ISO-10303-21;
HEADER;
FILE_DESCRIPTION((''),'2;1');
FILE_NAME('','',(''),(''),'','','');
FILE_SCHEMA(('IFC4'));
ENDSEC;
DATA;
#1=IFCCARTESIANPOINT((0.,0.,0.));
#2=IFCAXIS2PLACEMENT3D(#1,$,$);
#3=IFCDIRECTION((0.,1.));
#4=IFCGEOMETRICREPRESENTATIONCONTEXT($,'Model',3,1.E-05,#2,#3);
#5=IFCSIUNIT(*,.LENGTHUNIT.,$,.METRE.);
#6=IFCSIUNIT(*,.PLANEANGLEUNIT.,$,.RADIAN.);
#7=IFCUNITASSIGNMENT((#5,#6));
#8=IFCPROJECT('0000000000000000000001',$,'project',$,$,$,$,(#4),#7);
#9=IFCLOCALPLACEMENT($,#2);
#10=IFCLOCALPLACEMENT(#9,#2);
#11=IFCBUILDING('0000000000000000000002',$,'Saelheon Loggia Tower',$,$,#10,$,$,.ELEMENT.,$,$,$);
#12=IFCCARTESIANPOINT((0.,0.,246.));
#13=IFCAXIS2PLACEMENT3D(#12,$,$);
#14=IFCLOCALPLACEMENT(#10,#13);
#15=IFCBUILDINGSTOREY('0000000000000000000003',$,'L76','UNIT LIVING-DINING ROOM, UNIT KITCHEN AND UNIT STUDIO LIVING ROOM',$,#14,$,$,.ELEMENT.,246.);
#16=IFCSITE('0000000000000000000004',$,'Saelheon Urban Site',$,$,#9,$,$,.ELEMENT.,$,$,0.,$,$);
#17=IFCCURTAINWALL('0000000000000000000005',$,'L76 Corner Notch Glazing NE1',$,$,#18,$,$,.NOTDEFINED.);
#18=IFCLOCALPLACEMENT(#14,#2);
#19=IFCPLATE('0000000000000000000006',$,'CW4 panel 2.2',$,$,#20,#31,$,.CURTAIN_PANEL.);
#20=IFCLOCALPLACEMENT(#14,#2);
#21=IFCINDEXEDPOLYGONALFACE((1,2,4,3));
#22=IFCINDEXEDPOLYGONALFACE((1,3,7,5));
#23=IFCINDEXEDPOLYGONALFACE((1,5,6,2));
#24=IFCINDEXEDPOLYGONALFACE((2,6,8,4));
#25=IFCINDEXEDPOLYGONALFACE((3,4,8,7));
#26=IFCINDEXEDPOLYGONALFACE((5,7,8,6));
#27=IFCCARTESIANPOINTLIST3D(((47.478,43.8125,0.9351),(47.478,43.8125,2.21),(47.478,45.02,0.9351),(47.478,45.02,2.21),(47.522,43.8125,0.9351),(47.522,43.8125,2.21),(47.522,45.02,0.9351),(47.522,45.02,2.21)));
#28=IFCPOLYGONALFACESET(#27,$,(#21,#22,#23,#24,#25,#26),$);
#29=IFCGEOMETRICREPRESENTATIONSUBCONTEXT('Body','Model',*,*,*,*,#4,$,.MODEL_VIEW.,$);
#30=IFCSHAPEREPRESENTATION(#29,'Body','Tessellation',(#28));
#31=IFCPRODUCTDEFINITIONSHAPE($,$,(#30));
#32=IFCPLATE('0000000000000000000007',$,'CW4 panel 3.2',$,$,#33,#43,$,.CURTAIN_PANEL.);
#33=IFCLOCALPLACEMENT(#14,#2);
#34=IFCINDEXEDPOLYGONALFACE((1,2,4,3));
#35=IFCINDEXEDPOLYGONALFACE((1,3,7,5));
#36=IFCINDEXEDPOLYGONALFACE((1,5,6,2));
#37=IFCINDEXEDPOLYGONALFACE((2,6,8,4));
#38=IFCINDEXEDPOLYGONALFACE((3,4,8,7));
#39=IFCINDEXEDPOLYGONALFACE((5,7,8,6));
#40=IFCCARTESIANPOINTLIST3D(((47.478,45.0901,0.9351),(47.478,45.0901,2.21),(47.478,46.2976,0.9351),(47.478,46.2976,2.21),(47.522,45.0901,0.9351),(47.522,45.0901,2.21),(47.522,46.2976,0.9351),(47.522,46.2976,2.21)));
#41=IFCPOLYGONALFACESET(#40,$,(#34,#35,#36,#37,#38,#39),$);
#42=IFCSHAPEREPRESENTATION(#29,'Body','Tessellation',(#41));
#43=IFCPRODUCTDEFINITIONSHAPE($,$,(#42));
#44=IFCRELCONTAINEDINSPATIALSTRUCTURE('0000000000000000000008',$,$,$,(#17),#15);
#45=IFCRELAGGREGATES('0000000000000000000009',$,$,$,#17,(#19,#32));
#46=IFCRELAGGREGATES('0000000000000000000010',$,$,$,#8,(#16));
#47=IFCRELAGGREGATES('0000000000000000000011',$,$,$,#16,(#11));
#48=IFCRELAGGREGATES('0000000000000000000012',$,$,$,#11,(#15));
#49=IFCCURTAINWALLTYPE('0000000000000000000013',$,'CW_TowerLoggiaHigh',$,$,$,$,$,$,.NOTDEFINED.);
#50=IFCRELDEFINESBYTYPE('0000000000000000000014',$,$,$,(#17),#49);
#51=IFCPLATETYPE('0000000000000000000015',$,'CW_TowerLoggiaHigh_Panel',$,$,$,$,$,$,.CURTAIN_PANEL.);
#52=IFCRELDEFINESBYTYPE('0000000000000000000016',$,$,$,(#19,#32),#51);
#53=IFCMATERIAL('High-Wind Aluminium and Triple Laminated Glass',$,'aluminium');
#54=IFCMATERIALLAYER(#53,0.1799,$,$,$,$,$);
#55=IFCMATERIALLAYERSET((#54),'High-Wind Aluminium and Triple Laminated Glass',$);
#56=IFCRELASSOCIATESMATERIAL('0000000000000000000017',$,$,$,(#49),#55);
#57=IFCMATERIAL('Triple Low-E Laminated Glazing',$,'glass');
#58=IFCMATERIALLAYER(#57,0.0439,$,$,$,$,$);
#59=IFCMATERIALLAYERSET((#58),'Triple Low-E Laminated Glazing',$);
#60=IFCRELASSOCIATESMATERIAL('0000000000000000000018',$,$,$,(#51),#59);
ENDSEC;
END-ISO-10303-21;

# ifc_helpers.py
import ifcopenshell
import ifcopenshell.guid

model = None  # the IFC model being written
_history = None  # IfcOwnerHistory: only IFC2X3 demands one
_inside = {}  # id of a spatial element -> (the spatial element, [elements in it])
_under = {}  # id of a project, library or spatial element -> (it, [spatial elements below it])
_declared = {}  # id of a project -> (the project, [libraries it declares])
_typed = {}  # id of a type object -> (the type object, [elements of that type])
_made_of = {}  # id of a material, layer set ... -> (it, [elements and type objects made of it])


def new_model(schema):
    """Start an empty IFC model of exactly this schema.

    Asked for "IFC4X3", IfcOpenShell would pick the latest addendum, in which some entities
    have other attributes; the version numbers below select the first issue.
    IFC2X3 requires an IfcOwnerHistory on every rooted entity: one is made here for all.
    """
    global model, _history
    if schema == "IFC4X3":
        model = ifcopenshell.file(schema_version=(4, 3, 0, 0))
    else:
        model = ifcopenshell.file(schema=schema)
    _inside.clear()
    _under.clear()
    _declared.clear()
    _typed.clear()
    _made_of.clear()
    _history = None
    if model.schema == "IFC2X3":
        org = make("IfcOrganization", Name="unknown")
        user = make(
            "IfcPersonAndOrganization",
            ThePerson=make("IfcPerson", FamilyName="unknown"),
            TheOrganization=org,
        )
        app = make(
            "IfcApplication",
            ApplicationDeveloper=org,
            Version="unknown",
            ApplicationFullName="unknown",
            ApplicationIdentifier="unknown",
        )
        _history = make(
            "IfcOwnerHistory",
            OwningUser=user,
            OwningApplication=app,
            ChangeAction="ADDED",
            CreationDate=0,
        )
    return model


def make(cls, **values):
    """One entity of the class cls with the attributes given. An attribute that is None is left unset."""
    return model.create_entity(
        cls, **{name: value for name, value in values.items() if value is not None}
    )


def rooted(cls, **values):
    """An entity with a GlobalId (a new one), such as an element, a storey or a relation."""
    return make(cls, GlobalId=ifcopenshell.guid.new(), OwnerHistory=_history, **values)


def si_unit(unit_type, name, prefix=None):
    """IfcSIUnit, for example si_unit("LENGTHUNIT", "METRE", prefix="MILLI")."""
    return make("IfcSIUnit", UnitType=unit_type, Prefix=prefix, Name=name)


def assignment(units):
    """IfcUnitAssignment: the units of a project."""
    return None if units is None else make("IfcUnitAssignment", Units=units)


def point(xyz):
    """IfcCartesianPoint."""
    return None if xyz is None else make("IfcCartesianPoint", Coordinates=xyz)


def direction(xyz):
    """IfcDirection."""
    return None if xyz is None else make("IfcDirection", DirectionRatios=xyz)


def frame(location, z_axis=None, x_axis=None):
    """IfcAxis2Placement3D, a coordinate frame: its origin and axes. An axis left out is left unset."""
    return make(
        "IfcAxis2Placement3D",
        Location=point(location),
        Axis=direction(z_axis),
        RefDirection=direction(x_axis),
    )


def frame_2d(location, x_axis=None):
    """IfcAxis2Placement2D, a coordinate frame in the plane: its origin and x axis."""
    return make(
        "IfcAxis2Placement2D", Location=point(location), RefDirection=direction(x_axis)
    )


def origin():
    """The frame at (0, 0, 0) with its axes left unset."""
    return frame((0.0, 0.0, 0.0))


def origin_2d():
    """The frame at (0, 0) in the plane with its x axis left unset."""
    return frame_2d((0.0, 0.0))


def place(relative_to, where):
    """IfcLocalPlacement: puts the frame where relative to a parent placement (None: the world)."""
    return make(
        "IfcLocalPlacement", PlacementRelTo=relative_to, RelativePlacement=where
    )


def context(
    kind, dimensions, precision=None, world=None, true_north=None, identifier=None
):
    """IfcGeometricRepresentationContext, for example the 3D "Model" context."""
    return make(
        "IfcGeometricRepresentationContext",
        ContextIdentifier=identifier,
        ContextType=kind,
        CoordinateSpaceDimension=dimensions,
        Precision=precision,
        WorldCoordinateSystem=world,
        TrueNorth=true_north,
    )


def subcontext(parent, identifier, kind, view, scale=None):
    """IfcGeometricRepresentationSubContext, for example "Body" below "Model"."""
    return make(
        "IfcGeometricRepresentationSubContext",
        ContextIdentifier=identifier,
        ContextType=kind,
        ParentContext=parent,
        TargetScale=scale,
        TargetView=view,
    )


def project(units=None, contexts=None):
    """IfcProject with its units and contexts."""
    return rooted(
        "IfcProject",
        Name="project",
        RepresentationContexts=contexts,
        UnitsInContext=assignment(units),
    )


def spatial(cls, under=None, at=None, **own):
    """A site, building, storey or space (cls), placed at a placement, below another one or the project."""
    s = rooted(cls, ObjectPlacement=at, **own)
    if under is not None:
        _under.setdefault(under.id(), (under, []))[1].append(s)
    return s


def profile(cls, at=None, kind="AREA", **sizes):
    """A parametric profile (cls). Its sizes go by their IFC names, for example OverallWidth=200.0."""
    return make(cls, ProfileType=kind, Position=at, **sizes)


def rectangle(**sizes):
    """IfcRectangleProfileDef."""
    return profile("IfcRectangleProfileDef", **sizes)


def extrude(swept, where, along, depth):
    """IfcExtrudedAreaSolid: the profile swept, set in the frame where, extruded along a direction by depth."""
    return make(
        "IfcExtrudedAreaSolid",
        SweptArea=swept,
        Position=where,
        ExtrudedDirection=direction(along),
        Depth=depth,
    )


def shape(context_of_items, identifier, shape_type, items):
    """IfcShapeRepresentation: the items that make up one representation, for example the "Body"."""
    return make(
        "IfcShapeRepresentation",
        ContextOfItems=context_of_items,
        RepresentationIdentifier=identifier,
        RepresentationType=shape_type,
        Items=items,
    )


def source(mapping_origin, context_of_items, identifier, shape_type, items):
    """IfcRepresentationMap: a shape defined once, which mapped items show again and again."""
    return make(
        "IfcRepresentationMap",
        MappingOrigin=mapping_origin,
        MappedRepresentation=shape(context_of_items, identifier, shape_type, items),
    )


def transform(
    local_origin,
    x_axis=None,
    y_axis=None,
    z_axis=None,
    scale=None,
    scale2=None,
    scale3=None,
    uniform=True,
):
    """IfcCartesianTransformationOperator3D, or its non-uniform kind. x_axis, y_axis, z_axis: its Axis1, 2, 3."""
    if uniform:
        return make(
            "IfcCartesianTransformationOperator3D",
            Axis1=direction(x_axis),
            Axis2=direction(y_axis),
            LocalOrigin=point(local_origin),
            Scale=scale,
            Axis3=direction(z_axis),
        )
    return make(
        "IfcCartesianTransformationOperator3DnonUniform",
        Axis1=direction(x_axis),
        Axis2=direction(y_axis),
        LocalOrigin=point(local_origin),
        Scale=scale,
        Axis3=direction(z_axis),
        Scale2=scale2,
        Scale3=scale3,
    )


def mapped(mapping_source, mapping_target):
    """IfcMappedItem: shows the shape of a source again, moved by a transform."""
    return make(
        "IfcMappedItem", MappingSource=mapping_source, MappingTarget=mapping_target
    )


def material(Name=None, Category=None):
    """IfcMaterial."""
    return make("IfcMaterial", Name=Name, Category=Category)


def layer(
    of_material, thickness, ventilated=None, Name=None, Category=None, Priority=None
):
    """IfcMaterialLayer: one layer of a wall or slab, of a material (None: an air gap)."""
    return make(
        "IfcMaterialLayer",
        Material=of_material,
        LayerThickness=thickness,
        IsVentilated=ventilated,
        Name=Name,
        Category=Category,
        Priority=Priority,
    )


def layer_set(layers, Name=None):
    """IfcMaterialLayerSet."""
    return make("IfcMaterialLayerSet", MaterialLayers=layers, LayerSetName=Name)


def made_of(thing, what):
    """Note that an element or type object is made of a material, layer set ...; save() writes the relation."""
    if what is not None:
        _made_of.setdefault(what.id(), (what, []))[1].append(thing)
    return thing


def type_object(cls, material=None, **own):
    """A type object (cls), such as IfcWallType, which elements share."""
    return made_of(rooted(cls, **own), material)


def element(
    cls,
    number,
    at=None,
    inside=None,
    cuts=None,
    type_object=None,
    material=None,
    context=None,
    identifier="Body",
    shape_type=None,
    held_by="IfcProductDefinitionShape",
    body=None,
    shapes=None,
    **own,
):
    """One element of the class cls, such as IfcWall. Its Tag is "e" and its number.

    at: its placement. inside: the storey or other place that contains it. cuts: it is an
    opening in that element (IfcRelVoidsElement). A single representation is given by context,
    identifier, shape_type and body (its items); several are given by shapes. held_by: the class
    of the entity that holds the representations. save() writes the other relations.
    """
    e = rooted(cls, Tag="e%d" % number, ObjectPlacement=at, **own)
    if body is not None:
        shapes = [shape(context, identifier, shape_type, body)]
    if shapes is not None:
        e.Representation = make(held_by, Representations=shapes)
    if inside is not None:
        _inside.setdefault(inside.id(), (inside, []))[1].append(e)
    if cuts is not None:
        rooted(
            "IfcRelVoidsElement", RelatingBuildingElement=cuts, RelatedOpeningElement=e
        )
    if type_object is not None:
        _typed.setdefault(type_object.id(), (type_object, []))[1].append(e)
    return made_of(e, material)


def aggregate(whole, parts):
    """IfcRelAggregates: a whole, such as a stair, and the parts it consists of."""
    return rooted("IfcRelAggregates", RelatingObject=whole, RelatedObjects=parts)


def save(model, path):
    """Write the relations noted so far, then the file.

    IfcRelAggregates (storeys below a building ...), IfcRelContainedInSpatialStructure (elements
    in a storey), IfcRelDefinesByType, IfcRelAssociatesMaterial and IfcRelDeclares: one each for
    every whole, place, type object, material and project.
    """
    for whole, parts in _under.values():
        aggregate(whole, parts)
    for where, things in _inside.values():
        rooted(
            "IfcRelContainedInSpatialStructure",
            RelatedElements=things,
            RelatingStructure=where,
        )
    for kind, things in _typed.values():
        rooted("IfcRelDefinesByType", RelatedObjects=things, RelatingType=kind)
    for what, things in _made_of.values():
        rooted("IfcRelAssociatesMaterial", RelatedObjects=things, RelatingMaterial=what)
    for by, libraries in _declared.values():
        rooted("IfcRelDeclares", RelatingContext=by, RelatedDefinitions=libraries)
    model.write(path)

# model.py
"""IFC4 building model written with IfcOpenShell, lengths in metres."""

from ifc_helpers import new_model, si_unit, direction, frame, origin, origin_2d, place, context, subcontext, project, spatial, rectangle, extrude, source, transform, mapped, material, layer, layer_set, type_object, element, aggregate, save


model = new_model("IFC4")

# Units and contexts
model_context = context("Model", 3, precision=1e-05, world=origin(), true_north=direction((0.0, 1.0)))
body_context = subcontext(model_context, "Body", "Model", "MODEL_VIEW")
ifc_project = project(units=[si_unit("LENGTHUNIT", "METRE"), si_unit("PLANEANGLEUNIT", "RADIAN")], contexts=[model_context])

# Site, building, storey
site_placement = place(None, origin())
site = spatial("IfcSite", under=ifc_project, at=site_placement, Name="Saelheon Urban Site", CompositionType="ELEMENT", RefElevation=0.0)
building_placement = place(site_placement, origin())
building = spatial("IfcBuilding", under=site, at=building_placement, Name="Saelheon Loggia Tower", CompositionType="ELEMENT")
storey_placement = place(building_placement, frame((0.0, 0.0, 246.0)))
storey = spatial("IfcBuildingStorey", under=building, at=storey_placement, Name="L76", Description="UNIT LIVING-DINING ROOM, UNIT KITCHEN AND UNIT STUDIO LIVING ROOM", CompositionType="ELEMENT", Elevation=246.0)

# Curtain wall, plates
ifc_material_1 = material(Name="High-Wind Aluminium and Triple Laminated Glass", Category="aluminium")
ifc_layer_1 = layer(ifc_material_1, 0.1799)
ifc_layer_set_1 = layer_set([ifc_layer_1], Name="High-Wind Aluminium and Triple Laminated Glass")
curtain_wall_type = type_object("IfcCurtainWallType", Name="CW_TowerLoggiaHigh", PredefinedType="NOTDEFINED", material=ifc_layer_set_1)
curtain_wall_placement = place(storey_placement, origin())
curtain_wall = element("IfcCurtainWall", 1, at=curtain_wall_placement, inside=storey, type_object=curtain_wall_type, Name="L76 Corner Notch Glazing NE1", PredefinedType="NOTDEFINED")
ifc_material_2 = material(Name="Triple Low-E Laminated Glazing", Category="glass")
ifc_layer_2 = layer(ifc_material_2, 0.0439)
ifc_layer_set_2 = layer_set([ifc_layer_2], Name="Triple Low-E Laminated Glazing")
plate_type = type_object("IfcPlateType", Name="CW_TowerLoggiaHigh_Panel", PredefinedType="CURTAIN_PANEL", material=ifc_layer_set_2)
shared_shape_1 = source(origin(), body_context, "Body", "SweptSolid", [
    extrude(rectangle(XDim=1.2075, YDim=0.0439, at=origin_2d()), origin(), (0.0, 0.0, 1.0), 1.2749),
])
plate_1_placement = place(storey_placement, frame((47.5, 44.4163, 0.9351), z_axis=(0.0, 0.0, 1.0), x_axis=(0.0, 1.0, 0.0)))
plate_1 = element("IfcPlate", 2, at=plate_1_placement, type_object=plate_type, Name="CW4 panel 2.2", PredefinedType="CURTAIN_PANEL", context=body_context, shape_type="MappedRepresentation", body=[
    mapped(shared_shape_1, transform((0.0, 0.0, 0.0), scale=1.0)),
])
plate_2_placement = place(storey_placement, frame((47.5, 45.6938, 0.9351), z_axis=(0.0, 0.0, 1.0), x_axis=(0.0, 1.0, 0.0)))
plate_2 = element("IfcPlate", 3, at=plate_2_placement, type_object=plate_type, Name="CW4 panel 3.2", PredefinedType="CURTAIN_PANEL", context=body_context, shape_type="MappedRepresentation", body=[
    mapped(shared_shape_1, transform((0.0, 0.0, 0.0), scale=1.0)),
])
aggregate(curtain_wall, [plate_1, plate_2])

save(model, "model.ifc")
